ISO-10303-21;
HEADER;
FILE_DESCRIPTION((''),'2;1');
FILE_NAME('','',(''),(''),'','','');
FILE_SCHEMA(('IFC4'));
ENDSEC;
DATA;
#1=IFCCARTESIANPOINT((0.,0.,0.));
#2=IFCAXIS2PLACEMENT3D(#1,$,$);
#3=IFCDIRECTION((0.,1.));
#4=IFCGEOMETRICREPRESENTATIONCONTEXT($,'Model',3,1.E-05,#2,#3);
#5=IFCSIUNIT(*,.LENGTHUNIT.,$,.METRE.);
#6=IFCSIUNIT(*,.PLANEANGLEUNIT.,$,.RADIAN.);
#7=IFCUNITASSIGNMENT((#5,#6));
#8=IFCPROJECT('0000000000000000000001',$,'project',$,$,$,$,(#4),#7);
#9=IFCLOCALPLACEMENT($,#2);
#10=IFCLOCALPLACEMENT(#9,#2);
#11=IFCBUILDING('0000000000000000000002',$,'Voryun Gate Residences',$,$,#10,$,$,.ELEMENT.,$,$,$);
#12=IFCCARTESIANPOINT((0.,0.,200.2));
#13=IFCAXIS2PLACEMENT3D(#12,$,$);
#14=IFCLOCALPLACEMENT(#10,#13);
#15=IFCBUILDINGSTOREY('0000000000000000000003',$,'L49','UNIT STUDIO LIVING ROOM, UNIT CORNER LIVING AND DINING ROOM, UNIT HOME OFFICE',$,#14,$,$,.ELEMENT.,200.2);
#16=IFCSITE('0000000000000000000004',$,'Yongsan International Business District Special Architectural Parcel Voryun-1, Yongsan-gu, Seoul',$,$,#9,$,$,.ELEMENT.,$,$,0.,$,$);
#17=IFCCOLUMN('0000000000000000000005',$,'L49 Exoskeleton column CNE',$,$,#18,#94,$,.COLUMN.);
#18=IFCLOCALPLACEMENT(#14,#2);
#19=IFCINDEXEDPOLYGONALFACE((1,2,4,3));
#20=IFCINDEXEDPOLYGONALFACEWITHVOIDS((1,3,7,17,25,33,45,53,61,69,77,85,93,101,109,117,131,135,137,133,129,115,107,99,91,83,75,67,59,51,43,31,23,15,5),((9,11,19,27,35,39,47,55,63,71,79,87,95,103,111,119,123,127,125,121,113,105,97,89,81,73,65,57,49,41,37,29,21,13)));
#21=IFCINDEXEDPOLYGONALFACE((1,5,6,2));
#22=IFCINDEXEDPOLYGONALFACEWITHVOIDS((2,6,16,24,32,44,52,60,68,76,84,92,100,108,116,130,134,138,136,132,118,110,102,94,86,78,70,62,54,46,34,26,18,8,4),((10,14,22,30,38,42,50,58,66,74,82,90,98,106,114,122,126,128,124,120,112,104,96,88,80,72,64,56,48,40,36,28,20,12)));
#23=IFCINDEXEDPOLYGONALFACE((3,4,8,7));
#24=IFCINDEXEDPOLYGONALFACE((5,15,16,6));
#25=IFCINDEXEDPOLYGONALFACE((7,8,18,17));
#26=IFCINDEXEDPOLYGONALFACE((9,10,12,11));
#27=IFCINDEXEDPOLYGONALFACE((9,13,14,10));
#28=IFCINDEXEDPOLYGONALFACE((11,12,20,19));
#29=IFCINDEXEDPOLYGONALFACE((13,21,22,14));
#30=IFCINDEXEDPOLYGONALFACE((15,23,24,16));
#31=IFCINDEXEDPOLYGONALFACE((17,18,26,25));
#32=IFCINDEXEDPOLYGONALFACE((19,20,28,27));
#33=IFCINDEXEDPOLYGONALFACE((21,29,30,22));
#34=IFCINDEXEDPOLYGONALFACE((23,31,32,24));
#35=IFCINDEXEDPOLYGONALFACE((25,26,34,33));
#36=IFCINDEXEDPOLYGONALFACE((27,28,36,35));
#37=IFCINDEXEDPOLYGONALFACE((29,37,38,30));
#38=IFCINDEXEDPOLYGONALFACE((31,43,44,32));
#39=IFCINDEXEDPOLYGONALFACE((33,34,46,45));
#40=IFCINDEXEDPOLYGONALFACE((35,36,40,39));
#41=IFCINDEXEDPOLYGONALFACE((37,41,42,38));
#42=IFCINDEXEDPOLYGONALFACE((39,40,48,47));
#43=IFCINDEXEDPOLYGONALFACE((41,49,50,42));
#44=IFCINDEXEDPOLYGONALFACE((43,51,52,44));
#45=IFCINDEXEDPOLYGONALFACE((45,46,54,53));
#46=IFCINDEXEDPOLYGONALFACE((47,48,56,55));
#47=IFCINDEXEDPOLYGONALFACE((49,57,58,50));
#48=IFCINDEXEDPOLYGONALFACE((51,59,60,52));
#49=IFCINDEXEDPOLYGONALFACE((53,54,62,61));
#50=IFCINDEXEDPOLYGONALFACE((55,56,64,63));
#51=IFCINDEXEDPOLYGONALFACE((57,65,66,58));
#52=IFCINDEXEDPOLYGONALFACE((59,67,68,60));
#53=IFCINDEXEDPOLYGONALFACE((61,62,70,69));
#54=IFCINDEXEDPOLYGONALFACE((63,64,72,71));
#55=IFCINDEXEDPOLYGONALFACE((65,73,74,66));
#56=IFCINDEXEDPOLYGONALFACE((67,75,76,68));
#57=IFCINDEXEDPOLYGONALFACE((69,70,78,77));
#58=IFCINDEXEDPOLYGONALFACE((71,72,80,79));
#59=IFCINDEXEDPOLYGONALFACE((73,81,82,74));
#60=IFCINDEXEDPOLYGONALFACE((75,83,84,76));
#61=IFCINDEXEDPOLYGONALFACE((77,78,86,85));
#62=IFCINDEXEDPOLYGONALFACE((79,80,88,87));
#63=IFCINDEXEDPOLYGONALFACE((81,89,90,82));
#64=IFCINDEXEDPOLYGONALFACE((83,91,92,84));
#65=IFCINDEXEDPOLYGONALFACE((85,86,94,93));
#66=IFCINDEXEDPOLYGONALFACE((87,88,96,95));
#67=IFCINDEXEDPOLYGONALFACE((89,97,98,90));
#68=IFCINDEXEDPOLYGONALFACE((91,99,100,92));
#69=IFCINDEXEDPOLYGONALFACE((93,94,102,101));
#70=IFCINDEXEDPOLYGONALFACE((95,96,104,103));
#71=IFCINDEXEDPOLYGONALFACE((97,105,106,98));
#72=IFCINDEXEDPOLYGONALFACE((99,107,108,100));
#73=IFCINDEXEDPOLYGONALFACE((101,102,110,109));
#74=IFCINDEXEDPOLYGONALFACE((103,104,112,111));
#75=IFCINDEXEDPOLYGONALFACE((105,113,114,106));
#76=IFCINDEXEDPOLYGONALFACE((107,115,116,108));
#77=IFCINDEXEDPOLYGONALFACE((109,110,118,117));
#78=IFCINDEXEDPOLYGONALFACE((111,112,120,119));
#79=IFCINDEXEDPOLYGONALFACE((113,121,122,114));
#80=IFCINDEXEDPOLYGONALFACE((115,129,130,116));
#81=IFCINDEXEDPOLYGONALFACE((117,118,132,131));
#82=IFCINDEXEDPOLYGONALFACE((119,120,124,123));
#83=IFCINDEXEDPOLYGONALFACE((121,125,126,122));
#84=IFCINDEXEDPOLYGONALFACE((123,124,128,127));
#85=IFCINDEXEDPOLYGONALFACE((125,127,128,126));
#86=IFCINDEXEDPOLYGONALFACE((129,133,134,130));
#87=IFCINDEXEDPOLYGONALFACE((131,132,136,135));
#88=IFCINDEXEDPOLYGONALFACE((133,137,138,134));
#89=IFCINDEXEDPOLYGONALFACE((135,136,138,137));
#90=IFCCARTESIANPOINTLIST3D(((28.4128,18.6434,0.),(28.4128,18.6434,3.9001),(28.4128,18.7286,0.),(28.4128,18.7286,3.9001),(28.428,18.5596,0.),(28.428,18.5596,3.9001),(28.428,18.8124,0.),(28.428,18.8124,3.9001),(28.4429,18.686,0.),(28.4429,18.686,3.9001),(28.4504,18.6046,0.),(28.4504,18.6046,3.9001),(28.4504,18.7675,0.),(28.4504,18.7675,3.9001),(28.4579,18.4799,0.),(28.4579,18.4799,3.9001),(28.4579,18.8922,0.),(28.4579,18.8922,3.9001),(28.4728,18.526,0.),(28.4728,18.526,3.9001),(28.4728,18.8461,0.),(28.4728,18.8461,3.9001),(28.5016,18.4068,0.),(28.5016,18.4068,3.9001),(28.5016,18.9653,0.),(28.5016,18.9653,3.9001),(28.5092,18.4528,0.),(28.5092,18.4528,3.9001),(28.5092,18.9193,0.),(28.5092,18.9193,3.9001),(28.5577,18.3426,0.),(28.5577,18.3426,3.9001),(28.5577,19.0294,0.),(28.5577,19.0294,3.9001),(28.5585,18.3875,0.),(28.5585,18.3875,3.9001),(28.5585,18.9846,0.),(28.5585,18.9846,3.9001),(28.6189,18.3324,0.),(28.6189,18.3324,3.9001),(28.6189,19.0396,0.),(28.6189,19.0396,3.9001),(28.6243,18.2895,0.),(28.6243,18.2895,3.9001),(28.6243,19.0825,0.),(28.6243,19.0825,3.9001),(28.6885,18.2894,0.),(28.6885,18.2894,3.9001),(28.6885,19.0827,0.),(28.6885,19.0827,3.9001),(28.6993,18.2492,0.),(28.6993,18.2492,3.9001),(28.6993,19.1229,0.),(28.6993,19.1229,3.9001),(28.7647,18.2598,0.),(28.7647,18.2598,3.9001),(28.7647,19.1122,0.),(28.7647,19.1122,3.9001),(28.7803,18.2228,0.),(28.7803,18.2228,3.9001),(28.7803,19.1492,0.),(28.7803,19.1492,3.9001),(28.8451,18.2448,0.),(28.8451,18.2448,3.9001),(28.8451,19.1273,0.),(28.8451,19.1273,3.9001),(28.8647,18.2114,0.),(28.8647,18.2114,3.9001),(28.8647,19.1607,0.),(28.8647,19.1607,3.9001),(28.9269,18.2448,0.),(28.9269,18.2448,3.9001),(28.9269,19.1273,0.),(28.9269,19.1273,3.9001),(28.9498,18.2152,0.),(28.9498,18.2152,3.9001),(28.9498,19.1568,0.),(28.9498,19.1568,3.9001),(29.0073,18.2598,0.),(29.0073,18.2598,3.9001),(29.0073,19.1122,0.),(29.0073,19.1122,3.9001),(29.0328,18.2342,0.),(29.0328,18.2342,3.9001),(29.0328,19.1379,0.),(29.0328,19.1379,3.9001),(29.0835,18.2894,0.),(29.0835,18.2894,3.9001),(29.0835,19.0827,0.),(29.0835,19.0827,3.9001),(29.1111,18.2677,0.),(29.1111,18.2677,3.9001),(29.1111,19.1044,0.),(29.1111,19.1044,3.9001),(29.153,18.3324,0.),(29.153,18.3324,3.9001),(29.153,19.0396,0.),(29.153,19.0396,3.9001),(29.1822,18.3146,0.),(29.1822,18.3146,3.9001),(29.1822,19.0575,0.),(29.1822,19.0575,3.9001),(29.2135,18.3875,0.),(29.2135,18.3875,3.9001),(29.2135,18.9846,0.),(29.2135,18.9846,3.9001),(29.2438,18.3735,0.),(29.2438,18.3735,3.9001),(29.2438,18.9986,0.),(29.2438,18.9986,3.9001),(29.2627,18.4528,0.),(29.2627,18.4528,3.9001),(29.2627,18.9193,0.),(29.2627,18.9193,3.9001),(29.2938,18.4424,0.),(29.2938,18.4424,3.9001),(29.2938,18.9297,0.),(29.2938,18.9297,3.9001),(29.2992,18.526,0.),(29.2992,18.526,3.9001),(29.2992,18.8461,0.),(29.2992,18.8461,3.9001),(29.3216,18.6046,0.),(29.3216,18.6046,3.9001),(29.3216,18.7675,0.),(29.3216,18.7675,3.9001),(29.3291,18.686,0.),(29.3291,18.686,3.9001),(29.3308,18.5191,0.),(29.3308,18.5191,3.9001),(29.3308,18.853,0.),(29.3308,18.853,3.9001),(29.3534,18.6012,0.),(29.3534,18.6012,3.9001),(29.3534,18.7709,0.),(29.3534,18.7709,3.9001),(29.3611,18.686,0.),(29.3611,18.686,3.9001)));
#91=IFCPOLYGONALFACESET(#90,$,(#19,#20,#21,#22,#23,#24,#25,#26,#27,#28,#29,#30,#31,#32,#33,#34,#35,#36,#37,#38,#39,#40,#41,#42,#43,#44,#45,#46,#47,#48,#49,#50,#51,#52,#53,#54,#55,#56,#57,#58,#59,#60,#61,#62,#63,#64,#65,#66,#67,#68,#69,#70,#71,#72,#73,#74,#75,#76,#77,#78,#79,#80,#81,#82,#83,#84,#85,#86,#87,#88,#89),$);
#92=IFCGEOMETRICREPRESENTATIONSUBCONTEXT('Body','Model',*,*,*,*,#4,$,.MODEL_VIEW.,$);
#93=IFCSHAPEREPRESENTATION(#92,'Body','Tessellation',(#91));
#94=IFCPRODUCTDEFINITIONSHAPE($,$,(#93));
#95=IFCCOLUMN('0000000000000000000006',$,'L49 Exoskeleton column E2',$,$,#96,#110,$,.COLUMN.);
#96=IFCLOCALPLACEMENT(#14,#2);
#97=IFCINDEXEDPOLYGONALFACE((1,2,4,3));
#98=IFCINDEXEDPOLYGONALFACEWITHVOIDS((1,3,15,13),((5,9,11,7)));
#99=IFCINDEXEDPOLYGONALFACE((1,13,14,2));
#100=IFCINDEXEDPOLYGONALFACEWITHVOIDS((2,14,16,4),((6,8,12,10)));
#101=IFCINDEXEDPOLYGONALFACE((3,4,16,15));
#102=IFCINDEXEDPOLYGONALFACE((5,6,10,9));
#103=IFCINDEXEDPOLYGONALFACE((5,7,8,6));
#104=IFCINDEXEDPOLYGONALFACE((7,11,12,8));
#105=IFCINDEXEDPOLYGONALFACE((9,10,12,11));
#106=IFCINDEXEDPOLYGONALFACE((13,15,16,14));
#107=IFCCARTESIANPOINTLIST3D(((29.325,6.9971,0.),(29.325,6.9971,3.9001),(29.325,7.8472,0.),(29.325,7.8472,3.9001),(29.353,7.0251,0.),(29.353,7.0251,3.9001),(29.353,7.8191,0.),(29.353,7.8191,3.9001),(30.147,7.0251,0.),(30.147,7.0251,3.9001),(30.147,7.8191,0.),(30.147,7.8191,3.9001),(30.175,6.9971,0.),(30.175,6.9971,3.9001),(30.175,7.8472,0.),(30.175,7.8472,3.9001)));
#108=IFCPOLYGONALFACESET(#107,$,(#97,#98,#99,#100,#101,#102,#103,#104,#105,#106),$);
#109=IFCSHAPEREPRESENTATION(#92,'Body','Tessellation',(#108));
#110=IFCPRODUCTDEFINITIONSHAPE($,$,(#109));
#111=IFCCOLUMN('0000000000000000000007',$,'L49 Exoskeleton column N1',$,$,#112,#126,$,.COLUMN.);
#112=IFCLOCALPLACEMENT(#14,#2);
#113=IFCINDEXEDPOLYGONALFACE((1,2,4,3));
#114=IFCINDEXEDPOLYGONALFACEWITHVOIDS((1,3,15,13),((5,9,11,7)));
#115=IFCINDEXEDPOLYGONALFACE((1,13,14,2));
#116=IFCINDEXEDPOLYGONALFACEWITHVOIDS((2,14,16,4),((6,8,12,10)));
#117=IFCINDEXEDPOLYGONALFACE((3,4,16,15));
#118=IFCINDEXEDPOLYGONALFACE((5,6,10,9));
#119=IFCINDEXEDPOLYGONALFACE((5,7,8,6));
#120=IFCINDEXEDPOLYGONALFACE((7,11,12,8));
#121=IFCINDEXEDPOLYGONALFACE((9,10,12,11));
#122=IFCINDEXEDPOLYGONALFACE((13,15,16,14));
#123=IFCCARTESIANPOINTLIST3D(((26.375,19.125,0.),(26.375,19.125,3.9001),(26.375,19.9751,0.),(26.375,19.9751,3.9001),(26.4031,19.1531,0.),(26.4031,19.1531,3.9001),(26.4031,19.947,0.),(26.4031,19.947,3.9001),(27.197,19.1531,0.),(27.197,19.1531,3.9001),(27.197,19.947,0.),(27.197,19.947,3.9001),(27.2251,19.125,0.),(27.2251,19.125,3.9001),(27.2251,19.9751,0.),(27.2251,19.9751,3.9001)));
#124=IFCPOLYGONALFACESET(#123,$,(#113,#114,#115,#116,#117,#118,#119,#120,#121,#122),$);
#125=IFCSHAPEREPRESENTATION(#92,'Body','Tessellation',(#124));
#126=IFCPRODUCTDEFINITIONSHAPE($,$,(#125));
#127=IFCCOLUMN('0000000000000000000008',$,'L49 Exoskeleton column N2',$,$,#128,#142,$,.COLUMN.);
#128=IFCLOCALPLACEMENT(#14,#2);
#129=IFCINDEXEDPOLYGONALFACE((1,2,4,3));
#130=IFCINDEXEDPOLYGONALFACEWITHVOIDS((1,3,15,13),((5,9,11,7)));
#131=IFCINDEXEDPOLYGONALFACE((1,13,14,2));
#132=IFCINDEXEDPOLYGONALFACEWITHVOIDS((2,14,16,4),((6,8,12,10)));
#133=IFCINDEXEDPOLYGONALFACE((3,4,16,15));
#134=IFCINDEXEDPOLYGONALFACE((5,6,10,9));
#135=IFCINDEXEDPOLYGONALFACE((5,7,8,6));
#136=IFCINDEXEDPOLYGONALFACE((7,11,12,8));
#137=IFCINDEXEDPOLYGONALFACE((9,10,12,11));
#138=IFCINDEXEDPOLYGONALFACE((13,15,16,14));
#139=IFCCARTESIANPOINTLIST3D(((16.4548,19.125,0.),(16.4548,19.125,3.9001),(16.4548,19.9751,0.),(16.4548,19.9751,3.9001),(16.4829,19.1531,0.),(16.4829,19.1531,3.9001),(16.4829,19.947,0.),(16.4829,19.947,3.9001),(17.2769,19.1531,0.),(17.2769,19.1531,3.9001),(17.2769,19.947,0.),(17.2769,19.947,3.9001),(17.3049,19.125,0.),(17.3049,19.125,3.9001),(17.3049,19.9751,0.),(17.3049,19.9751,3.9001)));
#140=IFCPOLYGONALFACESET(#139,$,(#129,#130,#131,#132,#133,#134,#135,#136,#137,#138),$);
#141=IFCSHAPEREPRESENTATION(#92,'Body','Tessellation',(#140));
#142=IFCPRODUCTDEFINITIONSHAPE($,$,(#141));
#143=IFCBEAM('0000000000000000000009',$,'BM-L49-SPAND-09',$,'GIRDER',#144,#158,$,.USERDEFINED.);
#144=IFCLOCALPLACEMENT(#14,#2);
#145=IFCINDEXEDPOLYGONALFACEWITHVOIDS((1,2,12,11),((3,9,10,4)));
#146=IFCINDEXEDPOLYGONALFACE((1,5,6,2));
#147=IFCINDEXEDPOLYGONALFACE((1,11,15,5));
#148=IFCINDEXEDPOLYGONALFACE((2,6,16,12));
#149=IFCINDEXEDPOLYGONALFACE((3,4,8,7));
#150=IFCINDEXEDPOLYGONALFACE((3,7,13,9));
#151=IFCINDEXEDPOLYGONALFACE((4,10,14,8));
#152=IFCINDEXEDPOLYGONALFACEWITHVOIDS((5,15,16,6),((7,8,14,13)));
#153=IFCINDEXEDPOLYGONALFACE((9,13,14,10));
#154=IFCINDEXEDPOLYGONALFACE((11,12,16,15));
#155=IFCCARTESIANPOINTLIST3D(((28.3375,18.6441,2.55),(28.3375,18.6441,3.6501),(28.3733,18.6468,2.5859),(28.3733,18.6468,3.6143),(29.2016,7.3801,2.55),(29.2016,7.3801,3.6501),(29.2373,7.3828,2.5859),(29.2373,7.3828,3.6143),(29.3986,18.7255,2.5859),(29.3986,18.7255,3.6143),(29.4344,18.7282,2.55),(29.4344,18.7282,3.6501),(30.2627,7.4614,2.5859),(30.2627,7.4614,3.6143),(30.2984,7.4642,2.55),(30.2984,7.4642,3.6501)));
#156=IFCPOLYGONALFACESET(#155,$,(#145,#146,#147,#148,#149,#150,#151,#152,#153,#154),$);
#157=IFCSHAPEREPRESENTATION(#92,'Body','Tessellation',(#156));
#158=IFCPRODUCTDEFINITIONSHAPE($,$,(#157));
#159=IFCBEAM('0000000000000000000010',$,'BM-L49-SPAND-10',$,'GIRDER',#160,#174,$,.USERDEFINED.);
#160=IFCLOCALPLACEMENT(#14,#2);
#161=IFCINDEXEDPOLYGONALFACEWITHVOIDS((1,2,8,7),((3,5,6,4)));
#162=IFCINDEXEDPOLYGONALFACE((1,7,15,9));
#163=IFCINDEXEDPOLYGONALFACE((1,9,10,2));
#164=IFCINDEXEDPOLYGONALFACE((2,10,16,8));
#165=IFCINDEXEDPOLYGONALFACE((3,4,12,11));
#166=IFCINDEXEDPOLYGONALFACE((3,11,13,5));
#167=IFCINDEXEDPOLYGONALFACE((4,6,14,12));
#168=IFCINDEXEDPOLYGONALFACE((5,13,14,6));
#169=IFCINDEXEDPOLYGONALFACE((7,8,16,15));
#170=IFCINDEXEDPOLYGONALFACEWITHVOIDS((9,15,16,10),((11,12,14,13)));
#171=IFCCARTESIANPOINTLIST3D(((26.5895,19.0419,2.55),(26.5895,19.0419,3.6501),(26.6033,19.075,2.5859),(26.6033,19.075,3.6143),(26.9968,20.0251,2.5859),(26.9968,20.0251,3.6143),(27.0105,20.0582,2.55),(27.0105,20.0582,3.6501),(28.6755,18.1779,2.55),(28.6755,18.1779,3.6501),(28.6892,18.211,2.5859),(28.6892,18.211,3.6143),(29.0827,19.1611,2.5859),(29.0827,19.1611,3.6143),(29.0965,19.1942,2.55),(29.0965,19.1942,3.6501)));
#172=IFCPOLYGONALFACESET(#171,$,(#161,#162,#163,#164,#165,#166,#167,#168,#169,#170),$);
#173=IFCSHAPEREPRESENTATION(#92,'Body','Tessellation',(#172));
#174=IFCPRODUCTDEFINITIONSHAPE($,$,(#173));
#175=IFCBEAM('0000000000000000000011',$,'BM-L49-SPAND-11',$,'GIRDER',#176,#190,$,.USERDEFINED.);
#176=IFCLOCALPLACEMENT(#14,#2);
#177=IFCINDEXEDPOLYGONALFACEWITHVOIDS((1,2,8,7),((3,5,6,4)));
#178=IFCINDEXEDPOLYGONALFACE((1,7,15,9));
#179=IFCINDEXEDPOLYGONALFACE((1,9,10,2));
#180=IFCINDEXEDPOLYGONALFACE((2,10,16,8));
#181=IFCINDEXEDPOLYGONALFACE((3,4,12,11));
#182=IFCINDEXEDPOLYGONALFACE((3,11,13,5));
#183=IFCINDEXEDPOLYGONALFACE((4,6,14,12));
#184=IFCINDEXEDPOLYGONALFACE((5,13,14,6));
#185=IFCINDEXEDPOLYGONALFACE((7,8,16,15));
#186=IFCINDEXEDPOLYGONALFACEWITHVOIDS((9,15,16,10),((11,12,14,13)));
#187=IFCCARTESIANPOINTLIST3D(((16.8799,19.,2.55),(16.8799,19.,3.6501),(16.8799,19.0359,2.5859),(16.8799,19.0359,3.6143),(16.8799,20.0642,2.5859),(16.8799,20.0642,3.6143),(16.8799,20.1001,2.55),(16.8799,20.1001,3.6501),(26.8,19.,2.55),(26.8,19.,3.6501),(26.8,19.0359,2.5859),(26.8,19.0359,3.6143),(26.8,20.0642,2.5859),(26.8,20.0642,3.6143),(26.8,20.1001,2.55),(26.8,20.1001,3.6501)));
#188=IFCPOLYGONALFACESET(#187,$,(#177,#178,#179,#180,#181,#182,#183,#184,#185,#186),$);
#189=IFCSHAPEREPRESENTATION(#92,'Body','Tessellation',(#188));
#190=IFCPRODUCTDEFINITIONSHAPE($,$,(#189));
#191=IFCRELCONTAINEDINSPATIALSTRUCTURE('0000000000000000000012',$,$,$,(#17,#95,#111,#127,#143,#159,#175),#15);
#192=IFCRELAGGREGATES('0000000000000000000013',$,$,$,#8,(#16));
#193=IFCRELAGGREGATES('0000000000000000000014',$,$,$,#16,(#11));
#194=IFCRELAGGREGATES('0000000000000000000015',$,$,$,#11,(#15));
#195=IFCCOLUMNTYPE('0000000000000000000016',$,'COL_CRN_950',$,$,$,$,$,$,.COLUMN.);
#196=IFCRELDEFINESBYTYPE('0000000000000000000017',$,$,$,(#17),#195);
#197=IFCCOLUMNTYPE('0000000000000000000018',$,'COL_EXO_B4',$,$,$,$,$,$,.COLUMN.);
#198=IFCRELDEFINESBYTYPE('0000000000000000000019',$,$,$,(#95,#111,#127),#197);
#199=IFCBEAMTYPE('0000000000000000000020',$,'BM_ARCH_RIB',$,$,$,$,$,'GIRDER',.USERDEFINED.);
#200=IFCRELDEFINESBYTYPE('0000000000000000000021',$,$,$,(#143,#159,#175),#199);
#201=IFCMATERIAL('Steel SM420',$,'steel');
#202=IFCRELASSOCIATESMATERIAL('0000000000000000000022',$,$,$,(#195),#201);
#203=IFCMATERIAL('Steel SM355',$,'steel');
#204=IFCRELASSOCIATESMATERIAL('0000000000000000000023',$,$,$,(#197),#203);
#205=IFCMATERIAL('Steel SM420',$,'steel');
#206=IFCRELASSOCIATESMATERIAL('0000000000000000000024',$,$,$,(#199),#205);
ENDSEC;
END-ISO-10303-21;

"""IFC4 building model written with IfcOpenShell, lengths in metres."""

from ifc_helpers import new_model, si_unit, direction, frame, origin, origin_2d, place, context, subcontext, project, spatial, hollow_rectangle, hollow_circle, extrude, material, material_profile, profile_set, type_object, element, save


model = new_model("IFC4")

# Units and contexts
model_context = context("Model", 3, precision=1e-05, world=origin(), true_north=direction((0.0, 1.0)))
body_context = subcontext(model_context, "Body", "Model", "MODEL_VIEW")
ifc_project = project(units=[si_unit("LENGTHUNIT", "METRE"), si_unit("PLANEANGLEUNIT", "RADIAN")], contexts=[model_context])

# Site, building, storey
site_placement = place(None, origin())
site = spatial("IfcSite", under=ifc_project, at=site_placement, Name="Yongsan International Business District Special Architectural Parcel Voryun-1, Yongsan-gu, Seoul", CompositionType="ELEMENT", RefElevation=0.0)
building_placement = place(site_placement, origin())
building = spatial("IfcBuilding", under=site, at=building_placement, Name="Voryun Gate Residences", CompositionType="ELEMENT")
storey_placement = place(building_placement, frame((0.0, 0.0, 200.2)))
storey = spatial("IfcBuildingStorey", under=building, at=storey_placement, Name="L49", Description="UNIT STUDIO LIVING ROOM, UNIT CORNER LIVING AND DINING ROOM, UNIT HOME OFFICE", CompositionType="ELEMENT", Elevation=200.2)

# Columns
ifc_material_1 = material(Name="Steel SM420", Category="steel")
ifc_material_profile_1 = material_profile(ifc_material_1, hollow_circle(Radius=0.4751, WallThickness=0.032, at=origin_2d()), Name="CHS-950x32")
ifc_profile_set_1 = profile_set([ifc_material_profile_1], Name="Steel SM420")
column_type_1 = type_object("IfcColumnType", Name="COL_CRN_950", PredefinedType="COLUMN", material=ifc_profile_set_1)
column_placement = place(storey_placement, frame((28.886, 18.686, 0.0), z_axis=(0.0, 0.0, 1.0), x_axis=(1.0, 0.0, 0.0)))
element("IfcColumn", 1, at=column_placement, inside=storey, type_object=column_type_1, Name="L49 Exoskeleton column CNE", PredefinedType="COLUMN", context=body_context, shape_type="SweptSolid", body=[
    extrude(hollow_circle(Radius=0.4751, WallThickness=0.032, at=origin_2d()), origin(), (0.0, 0.0, 1.0), 3.9001),
])
ifc_material_2 = material(Name="Steel SM355", Category="steel")
ifc_material_profile_2 = material_profile(ifc_material_2, hollow_rectangle(XDim=0.8501, YDim=0.8501, WallThickness=0.0281, at=origin_2d()), Name="BOX-850x850x28")
ifc_profile_set_2 = profile_set([ifc_material_profile_2], Name="Steel SM355")
column_type_2 = type_object("IfcColumnType", Name="COL_EXO_B4", PredefinedType="COLUMN", material=ifc_profile_set_2)
for number, where, z_axis, x_axis, name in (
    (2, (29.75, 7.4221, 0.0), (0.0, 0.0, 1.0), (1.0, 0.0, 0.0), "L49 Exoskeleton column E2"),
    (3, (26.8, 19.55, 0.0), (0.0, 0.0, 1.0), (1.0, 0.0, 0.0), "L49 Exoskeleton column N1"),
    (4, (16.8799, 19.55, 0.0), (0.0, 0.0, 1.0), (1.0, 0.0, 0.0), "L49 Exoskeleton column N2"),
):
    element("IfcColumn", number, at=place(storey_placement, frame(where, z_axis=z_axis, x_axis=x_axis)), inside=storey, type_object=column_type_2, Name=name, PredefinedType="COLUMN", context=body_context, shape_type="SweptSolid", body=[
        extrude(hollow_rectangle(XDim=0.8501, YDim=0.8501, WallThickness=0.0281, at=origin_2d()), origin(), (0.0, 0.0, 1.0), 3.9001),
    ])

# Beams
ifc_material_3 = material(Name="Steel SM420", Category="steel")
ifc_material_profile_3 = material_profile(ifc_material_3, hollow_rectangle(XDim=1.1001, YDim=1.1001, WallThickness=0.0359, at=origin_2d()), Name="BOX-1100x1100x36")
ifc_profile_set_3 = profile_set([ifc_material_profile_3], Name="Steel SM420")
beam_type = type_object("IfcBeamType", Name="BM_ARCH_RIB", ElementType="GIRDER", PredefinedType="USERDEFINED", material=ifc_profile_set_3)
beam_1_placement = place(storey_placement, frame((29.75, 7.4221, 3.1001), z_axis=(-0.076482, 0.997071, 0.0), x_axis=(-0.997071, -0.076482, 0.0)))
element("IfcBeam", 5, at=beam_1_placement, inside=storey, type_object=beam_type, Name="BM-L49-SPAND-09", ObjectType="GIRDER", PredefinedType="USERDEFINED", context=body_context, shape_type="SweptSolid", body=[
    extrude(hollow_rectangle(XDim=1.1001, YDim=1.1001, WallThickness=0.0359, at=origin_2d()), origin(), (0.0, 0.0, 1.0), 11.2971),
])
beam_2_placement = place(storey_placement, frame((28.886, 18.686, 3.1001), z_axis=(-0.923881, 0.38268, 0.0), x_axis=(-0.38268, -0.923881, 0.0)))
element("IfcBeam", 6, at=beam_2_placement, inside=storey, type_object=beam_type, Name="BM-L49-SPAND-10", ObjectType="GIRDER", PredefinedType="USERDEFINED", context=body_context, shape_type="SweptSolid", body=[
    extrude(hollow_rectangle(XDim=1.1001, YDim=1.1001, WallThickness=0.0359, at=origin_2d()), origin(), (0.0, 0.0, 1.0), 2.2578),
])
beam_3_placement = place(storey_placement, frame((26.8, 19.55, 3.1001), z_axis=(-1.0, 0.0, 0.0), x_axis=(0.0, -1.0, 0.0)))
element("IfcBeam", 7, at=beam_3_placement, inside=storey, type_object=beam_type, Name="BM-L49-SPAND-11", ObjectType="GIRDER", PredefinedType="USERDEFINED", context=body_context, shape_type="SweptSolid", body=[
    extrude(hollow_rectangle(XDim=1.1001, YDim=1.1001, WallThickness=0.0359, at=origin_2d()), origin(), (0.0, 0.0, 1.0), 9.9202),
])

save(model, "model.ifc")
